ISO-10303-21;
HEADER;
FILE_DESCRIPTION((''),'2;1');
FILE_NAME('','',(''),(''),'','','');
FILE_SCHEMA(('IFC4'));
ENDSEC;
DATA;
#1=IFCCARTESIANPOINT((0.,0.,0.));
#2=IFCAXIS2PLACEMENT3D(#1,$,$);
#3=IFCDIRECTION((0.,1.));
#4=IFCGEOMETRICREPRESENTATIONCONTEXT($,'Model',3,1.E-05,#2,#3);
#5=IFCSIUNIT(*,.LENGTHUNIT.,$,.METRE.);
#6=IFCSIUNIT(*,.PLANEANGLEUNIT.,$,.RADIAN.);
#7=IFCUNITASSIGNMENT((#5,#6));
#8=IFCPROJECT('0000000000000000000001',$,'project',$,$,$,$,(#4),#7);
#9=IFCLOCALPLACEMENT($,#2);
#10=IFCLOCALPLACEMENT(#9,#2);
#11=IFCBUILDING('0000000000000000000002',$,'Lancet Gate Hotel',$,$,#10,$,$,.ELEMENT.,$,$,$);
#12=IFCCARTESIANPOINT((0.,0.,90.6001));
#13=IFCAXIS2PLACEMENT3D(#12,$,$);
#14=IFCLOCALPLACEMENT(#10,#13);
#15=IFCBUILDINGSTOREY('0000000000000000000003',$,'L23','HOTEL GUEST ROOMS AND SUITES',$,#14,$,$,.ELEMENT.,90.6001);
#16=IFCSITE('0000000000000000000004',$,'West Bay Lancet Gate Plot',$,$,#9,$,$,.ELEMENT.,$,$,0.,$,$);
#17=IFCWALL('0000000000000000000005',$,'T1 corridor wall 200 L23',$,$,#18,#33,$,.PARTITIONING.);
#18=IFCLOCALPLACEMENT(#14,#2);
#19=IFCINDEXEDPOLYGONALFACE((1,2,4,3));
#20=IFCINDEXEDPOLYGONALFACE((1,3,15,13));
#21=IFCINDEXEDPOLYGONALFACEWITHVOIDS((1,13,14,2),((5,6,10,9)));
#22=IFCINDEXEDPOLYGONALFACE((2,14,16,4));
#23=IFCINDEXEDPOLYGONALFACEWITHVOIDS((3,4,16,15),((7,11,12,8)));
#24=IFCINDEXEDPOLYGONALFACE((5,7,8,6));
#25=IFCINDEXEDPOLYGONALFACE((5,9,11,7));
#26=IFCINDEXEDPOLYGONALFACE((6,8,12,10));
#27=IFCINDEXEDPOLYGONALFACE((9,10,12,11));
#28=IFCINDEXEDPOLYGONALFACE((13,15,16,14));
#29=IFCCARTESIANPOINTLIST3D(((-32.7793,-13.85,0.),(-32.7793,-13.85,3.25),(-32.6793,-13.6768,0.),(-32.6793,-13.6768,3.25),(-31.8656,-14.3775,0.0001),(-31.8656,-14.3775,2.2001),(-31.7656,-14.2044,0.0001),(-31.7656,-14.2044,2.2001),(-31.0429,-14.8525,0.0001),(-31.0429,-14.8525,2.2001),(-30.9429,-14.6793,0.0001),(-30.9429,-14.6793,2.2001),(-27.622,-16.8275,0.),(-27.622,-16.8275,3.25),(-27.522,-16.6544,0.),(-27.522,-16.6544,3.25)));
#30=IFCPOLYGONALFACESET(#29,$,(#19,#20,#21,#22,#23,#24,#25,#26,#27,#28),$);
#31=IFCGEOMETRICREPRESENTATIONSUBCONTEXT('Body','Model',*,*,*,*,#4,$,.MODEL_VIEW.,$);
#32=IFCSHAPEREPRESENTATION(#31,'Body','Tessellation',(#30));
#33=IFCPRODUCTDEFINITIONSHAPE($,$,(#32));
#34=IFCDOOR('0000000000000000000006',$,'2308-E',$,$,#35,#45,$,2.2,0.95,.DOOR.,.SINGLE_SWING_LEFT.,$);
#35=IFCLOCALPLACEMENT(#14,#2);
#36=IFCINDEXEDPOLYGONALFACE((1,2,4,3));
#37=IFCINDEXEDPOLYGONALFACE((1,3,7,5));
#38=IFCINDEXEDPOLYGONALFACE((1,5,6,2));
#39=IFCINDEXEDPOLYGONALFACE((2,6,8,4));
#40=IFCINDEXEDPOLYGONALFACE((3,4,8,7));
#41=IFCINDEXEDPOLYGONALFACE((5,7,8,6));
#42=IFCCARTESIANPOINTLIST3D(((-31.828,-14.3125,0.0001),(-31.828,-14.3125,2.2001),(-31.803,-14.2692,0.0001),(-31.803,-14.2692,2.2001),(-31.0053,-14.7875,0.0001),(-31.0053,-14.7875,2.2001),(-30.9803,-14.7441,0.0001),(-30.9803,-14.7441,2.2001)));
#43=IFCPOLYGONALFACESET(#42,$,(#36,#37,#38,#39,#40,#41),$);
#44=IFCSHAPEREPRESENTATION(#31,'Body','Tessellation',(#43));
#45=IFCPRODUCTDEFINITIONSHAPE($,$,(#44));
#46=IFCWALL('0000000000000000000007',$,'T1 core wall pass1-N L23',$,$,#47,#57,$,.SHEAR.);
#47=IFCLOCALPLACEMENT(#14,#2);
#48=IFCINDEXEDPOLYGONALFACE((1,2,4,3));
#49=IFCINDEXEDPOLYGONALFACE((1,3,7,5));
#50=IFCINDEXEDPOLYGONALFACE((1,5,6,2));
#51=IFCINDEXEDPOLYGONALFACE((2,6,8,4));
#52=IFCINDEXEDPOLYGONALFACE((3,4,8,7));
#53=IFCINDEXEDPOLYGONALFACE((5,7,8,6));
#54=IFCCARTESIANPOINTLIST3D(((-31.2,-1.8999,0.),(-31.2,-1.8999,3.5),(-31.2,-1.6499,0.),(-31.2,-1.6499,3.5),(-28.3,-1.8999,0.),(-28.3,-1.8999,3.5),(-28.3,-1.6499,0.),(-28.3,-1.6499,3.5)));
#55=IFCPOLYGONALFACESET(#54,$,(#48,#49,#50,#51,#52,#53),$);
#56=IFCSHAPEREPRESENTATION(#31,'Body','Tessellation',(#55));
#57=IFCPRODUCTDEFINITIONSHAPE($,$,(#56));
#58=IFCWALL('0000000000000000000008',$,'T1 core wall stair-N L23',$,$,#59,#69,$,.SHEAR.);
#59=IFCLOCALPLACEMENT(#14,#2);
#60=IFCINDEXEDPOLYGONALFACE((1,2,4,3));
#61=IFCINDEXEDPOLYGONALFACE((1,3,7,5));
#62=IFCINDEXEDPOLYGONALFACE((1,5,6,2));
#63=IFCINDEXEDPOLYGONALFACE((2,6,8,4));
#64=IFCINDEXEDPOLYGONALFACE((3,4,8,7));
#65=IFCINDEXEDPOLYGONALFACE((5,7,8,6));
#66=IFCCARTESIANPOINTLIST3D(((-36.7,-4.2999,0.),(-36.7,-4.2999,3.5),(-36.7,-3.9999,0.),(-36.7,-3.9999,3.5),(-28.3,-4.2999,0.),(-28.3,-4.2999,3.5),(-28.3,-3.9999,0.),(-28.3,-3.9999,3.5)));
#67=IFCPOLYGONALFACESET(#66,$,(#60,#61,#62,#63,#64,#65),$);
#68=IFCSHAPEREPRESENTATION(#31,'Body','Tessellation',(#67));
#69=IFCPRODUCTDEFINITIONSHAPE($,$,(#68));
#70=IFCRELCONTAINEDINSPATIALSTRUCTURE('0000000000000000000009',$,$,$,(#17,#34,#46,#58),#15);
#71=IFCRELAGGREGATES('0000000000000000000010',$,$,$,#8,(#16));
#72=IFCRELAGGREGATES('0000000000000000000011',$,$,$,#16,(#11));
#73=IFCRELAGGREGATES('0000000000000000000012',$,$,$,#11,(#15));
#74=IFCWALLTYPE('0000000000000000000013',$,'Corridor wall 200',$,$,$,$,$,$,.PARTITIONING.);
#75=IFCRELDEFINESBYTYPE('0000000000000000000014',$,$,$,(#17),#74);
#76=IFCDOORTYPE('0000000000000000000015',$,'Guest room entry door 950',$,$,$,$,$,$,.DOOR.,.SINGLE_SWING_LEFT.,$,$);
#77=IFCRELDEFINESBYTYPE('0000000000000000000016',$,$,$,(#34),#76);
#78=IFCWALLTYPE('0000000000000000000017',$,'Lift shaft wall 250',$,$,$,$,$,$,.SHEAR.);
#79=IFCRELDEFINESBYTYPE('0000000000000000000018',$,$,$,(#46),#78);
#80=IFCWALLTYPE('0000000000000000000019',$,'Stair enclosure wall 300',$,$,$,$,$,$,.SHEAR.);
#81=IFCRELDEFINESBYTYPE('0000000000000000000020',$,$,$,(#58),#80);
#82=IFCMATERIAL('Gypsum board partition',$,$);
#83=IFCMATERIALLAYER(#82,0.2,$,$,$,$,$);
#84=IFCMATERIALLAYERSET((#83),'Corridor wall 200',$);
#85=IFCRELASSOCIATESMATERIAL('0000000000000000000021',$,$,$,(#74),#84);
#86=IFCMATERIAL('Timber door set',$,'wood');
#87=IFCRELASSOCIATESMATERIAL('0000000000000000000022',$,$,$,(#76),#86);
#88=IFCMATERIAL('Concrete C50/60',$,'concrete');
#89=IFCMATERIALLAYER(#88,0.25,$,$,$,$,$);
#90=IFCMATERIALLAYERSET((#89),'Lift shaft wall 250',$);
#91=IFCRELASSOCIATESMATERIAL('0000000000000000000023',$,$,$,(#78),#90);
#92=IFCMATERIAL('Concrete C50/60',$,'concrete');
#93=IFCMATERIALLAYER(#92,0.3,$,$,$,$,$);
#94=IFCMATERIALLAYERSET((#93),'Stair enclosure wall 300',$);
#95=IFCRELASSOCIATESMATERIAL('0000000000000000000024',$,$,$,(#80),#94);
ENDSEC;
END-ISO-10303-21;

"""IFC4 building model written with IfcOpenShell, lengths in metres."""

from ifc_helpers import new_model, si_unit, direction, frame, frame_2d, origin, place, context, subcontext, project, spatial, rectangle, extrude, material, layer, layer_set, type_object, element, fill, save


model = new_model("IFC4")

# Units and contexts
model_context = context("Model", 3, precision=1e-05, world=origin(), true_north=direction((0.0, 1.0)))
body_context = subcontext(model_context, "Body", "Model", "MODEL_VIEW")
ifc_project = project(units=[si_unit("LENGTHUNIT", "METRE"), si_unit("PLANEANGLEUNIT", "RADIAN")], contexts=[model_context])

# Site, building, storey
site_placement = place(None, origin())
site = spatial("IfcSite", under=ifc_project, at=site_placement, Name="West Bay Lancet Gate Plot", CompositionType="ELEMENT", RefElevation=0.0)
building_placement = place(site_placement, origin())
building = spatial("IfcBuilding", under=site, at=building_placement, Name="Lancet Gate Hotel", CompositionType="ELEMENT")
storey_placement = place(building_placement, frame((0.0, 0.0, 90.6001)))
storey = spatial("IfcBuildingStorey", under=building, at=storey_placement, Name="L23", Description="HOTEL GUEST ROOMS AND SUITES", CompositionType="ELEMENT", Elevation=90.6001)

# Wall, opening, door
ifc_material_1 = material(Name="Gypsum board partition")
ifc_layer_1 = layer(ifc_material_1, 0.2)
ifc_layer_set_1 = layer_set([ifc_layer_1], Name="Corridor wall 200")
wall_type_1 = type_object("IfcWallType", Name="Corridor wall 200", PredefinedType="PARTITIONING", material=ifc_layer_set_1)
wall_1_placement = place(storey_placement, frame((-27.572, -16.741, 0.0), z_axis=(0.0, 0.0, 1.0), x_axis=(-0.866024, 0.500002, 0.0)))
wall_1 = element("IfcWall", 1, at=wall_1_placement, inside=storey, type_object=wall_type_1, Name="T1 corridor wall 200 L23", PredefinedType="PARTITIONING", context=body_context, shape_type="SweptSolid", body=[
    extrude(rectangle(XDim=5.9551, YDim=0.2, at=frame_2d((2.9775, 0.0))), origin(), (0.0, 0.0, 1.0), 3.25),
])
opening_1_placement = place(wall_1_placement, frame((3.95, 0.0, 0.0)))
opening_1 = element("IfcOpeningElement", 2, at=opening_1_placement, cuts=wall_1, PredefinedType="OPENING", context=body_context, shape_type="SweptSolid", body=[
    extrude(rectangle(XDim=0.95, YDim=2.2, at=frame_2d((0.4751, 1.1001))), frame((0.0, 0.1099, 0.0), z_axis=(0.0, -1.0, 0.0), x_axis=(1.0, 0.0, 0.0)), (0.0, 0.0, 1.0), 0.22),
])
ifc_material_2 = material(Name="Timber door set", Category="wood")
door_type_1 = type_object("IfcDoorType", Name="Guest room entry door 950", OperationType="SINGLE_SWING_LEFT", PredefinedType="DOOR", material=ifc_material_2)
door_1_placement = place(opening_1_placement, origin())
door_1 = element("IfcDoor", 3, at=door_1_placement, inside=storey, type_object=door_type_1, Name="2308-E", OperationType="SINGLE_SWING_LEFT", OverallHeight=2.2, OverallWidth=0.95, PredefinedType="DOOR", context=body_context, shape_type="SweptSolid", body=[
    extrude(rectangle(XDim=0.95, YDim=2.2, at=frame_2d((0.4751, 1.1001))), frame((0.0, 0.0249, 0.0), z_axis=(0.0, -1.0, 0.0), x_axis=(1.0, 0.0, 0.0)), (0.0, 0.0, 1.0), 0.05),
])
fill(opening_1, door_1)

# Walls
ifc_material_3 = material(Name="Concrete C50/60", Category="concrete")
ifc_layer_2 = layer(ifc_material_3, 0.25)
ifc_layer_set_2 = layer_set([ifc_layer_2], Name="Lift shaft wall 250")
wall_type_2 = type_object("IfcWallType", Name="Lift shaft wall 250", PredefinedType="SHEAR", material=ifc_layer_set_2)
wall_2_placement = place(storey_placement, frame((-28.3, -1.7749, 0.0), z_axis=(0.0, 0.0, 1.0), x_axis=(-1.0, 0.0, 0.0)))
element("IfcWall", 4, at=wall_2_placement, inside=storey, type_object=wall_type_2, Name="T1 core wall pass1-N L23", PredefinedType="SHEAR", context=body_context, shape_type="SweptSolid", body=[
    extrude(rectangle(XDim=2.8999, YDim=0.25, at=frame_2d((1.45, 0.0))), origin(), (0.0, 0.0, 1.0), 3.5),
])
ifc_material_4 = material(Name="Concrete C50/60", Category="concrete")
ifc_layer_3 = layer(ifc_material_4, 0.3)
ifc_layer_set_3 = layer_set([ifc_layer_3], Name="Stair enclosure wall 300")
wall_type_3 = type_object("IfcWallType", Name="Stair enclosure wall 300", PredefinedType="SHEAR", material=ifc_layer_set_3)
wall_3_placement = place(storey_placement, frame((-28.3, -4.1499, 0.0), z_axis=(0.0, 0.0, 1.0), x_axis=(-1.0, 0.0, 0.0)))
element("IfcWall", 5, at=wall_3_placement, inside=storey, type_object=wall_type_3, Name="T1 core wall stair-N L23", PredefinedType="SHEAR", context=body_context, shape_type="SweptSolid", body=[
    extrude(rectangle(XDim=8.3999, YDim=0.3, at=frame_2d((4.2, 0.0))), origin(), (0.0, 0.0, 1.0), 3.5),
])

save(model, "model.ifc")
